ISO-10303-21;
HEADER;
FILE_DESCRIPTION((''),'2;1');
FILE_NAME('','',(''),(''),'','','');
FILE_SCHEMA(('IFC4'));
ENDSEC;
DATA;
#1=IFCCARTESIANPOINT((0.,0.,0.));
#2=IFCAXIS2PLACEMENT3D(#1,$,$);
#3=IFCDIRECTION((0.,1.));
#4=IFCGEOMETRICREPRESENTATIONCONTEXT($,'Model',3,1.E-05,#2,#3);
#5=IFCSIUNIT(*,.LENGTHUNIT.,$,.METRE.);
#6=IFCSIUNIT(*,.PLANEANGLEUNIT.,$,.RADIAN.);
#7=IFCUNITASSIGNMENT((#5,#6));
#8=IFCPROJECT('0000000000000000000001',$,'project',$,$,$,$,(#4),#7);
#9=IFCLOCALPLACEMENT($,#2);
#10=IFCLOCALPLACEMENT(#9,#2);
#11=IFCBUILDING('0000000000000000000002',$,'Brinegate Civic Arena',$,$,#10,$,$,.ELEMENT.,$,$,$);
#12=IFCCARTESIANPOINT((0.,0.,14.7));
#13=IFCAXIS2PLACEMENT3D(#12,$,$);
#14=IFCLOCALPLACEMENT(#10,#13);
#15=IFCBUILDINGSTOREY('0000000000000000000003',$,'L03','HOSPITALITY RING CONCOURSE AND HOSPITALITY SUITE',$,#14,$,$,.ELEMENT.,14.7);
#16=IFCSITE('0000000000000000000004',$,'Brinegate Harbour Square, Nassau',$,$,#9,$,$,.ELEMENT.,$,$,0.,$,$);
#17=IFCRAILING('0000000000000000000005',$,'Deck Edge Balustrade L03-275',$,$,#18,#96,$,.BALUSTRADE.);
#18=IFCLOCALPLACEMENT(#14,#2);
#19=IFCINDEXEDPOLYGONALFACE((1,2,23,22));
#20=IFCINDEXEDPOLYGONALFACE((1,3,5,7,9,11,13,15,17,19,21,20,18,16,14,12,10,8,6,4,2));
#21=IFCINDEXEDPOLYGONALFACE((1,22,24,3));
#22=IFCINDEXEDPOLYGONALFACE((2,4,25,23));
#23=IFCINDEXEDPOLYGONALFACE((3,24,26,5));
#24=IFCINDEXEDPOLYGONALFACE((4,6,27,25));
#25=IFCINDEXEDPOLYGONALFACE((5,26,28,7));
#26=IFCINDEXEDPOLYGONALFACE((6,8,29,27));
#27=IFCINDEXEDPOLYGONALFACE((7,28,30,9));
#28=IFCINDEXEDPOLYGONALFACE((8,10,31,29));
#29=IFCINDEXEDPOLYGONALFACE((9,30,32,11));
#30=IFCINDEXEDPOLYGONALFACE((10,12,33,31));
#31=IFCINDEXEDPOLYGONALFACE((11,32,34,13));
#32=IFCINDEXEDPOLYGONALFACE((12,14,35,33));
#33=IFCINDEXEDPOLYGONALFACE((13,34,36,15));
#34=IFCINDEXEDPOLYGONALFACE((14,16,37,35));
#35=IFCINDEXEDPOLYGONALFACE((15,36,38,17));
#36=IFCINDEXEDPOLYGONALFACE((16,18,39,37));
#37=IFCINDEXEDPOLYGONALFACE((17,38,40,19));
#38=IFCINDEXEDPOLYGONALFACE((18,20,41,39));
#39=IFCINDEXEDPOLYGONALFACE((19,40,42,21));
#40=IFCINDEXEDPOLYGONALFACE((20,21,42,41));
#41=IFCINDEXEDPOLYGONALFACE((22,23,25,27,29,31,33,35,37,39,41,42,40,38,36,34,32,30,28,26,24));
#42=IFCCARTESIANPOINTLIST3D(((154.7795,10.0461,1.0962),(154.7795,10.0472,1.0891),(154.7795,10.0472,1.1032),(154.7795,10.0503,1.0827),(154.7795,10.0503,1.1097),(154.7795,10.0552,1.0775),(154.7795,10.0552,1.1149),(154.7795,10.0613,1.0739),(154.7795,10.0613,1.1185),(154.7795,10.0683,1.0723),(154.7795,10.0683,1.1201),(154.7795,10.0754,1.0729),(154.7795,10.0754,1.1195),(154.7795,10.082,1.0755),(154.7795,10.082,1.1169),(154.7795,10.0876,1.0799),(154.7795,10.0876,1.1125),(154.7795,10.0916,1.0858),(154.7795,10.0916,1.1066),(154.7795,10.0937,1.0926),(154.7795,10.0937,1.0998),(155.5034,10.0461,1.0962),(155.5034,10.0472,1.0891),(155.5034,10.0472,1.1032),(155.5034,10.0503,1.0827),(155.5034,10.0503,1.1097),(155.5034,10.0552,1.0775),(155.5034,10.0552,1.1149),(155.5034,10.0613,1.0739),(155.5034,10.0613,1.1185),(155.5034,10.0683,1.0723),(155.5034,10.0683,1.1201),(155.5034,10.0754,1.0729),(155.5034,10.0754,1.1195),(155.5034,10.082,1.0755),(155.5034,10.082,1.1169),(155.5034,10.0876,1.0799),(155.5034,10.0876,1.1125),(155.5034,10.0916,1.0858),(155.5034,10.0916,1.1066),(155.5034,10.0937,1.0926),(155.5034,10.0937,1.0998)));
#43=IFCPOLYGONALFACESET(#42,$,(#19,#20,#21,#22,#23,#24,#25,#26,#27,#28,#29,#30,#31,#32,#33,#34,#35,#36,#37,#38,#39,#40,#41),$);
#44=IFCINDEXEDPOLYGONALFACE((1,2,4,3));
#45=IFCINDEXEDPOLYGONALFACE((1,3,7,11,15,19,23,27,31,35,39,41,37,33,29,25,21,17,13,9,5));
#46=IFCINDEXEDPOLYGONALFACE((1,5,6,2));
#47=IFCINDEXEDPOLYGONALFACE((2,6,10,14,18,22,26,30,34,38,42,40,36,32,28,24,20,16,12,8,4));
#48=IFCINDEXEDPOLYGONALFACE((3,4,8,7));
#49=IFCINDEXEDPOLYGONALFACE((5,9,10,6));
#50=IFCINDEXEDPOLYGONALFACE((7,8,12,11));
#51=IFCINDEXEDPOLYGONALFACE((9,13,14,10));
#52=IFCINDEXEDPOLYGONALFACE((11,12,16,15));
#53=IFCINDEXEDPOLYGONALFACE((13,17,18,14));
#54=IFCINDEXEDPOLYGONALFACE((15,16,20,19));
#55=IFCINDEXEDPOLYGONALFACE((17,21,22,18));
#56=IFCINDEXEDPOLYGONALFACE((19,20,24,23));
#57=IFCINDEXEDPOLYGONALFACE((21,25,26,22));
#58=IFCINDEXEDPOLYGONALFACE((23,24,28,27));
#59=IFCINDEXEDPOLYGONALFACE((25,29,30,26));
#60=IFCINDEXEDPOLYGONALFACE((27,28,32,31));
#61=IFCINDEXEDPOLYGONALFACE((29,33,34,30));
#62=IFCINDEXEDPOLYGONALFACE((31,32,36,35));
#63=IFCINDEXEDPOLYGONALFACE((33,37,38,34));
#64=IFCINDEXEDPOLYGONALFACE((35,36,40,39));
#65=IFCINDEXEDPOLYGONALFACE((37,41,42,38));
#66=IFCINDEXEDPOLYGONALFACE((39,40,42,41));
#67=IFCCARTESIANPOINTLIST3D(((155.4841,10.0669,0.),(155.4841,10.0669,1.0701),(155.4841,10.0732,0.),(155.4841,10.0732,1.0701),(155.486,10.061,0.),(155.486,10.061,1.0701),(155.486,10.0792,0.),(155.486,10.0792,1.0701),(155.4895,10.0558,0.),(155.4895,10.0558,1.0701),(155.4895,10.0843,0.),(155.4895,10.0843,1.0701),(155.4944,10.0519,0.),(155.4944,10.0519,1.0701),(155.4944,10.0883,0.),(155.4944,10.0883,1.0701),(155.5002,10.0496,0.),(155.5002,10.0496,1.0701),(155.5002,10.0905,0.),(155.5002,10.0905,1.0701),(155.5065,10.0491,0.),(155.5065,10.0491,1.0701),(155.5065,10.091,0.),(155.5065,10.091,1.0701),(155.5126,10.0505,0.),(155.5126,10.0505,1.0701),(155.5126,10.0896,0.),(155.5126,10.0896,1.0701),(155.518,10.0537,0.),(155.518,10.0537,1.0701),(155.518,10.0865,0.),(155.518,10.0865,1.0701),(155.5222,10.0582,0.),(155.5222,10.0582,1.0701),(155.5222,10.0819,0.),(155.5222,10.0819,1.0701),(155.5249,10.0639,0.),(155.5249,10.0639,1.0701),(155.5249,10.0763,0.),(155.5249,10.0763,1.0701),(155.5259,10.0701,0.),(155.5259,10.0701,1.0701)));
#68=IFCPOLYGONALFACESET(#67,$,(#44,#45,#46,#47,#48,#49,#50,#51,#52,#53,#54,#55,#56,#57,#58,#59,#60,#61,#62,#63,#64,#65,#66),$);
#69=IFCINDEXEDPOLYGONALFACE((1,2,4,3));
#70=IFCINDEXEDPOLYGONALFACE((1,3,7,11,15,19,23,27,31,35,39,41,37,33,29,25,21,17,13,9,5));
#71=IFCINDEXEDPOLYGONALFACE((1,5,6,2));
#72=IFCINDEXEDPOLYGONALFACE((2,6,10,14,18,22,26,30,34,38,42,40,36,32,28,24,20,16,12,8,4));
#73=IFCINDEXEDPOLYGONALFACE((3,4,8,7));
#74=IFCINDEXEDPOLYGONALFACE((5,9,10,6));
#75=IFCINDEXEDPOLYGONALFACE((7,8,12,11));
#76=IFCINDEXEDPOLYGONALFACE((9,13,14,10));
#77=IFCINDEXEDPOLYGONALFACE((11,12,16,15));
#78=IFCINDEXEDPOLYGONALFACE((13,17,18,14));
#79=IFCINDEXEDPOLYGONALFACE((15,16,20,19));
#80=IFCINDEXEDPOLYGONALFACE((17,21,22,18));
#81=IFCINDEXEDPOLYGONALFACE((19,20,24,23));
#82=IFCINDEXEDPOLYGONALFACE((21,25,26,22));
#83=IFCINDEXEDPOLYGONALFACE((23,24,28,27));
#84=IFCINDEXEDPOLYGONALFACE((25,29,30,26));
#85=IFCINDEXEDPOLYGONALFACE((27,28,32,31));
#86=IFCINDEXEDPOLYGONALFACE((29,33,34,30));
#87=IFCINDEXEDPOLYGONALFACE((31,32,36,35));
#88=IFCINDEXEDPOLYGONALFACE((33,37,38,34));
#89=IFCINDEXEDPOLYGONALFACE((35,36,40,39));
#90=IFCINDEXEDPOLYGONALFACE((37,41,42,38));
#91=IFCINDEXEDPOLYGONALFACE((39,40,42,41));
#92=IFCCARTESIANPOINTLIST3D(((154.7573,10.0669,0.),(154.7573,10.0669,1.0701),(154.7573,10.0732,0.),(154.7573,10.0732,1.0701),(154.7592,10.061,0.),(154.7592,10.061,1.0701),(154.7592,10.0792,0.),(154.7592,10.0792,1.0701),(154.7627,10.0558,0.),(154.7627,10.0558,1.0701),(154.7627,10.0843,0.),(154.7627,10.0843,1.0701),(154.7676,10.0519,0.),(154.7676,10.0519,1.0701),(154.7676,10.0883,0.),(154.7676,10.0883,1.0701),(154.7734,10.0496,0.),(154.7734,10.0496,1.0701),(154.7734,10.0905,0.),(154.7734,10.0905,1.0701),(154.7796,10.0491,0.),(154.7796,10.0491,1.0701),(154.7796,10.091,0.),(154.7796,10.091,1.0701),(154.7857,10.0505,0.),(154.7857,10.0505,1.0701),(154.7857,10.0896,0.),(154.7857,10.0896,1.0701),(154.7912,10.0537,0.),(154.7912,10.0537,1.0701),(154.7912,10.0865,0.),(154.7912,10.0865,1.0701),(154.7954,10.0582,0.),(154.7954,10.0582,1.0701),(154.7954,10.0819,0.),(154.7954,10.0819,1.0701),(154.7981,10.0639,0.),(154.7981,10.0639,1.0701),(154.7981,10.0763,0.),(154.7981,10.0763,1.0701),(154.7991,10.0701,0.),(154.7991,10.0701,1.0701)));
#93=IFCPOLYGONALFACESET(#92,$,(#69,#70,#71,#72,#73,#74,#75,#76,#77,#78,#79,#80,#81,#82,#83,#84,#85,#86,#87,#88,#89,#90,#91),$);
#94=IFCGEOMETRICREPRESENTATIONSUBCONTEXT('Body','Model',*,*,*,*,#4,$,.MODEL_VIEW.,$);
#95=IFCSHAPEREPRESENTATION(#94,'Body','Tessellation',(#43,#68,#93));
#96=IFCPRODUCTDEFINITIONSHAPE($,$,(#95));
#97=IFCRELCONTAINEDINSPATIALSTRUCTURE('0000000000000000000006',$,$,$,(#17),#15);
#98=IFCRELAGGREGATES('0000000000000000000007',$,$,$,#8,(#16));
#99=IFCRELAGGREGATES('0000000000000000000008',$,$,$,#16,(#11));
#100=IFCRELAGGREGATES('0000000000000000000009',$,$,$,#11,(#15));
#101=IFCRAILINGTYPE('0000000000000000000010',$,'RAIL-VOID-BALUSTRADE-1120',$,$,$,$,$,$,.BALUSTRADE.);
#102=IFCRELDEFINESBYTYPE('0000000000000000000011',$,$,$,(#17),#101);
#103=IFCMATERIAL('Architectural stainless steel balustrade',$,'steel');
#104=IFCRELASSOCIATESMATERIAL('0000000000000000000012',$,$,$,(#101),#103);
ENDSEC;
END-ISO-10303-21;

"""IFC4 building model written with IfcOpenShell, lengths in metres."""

from ifc_helpers import new_model, si_unit, direction, frame, origin, origin_2d, place, context, subcontext, project, spatial, circle, extrude, material, type_object, element, save


model = new_model("IFC4")

# Units and contexts
model_context = context("Model", 3, precision=1e-05, world=origin(), true_north=direction((0.0, 1.0)))
body_context = subcontext(model_context, "Body", "Model", "MODEL_VIEW")
ifc_project = project(units=[si_unit("LENGTHUNIT", "METRE"), si_unit("PLANEANGLEUNIT", "RADIAN")], contexts=[model_context])

# Site, building, storey
site_placement = place(None, origin())
site = spatial("IfcSite", under=ifc_project, at=site_placement, Name="Brinegate Harbour Square, Nassau", CompositionType="ELEMENT", RefElevation=0.0)
building_placement = place(site_placement, origin())
building = spatial("IfcBuilding", under=site, at=building_placement, Name="Brinegate Civic Arena", CompositionType="ELEMENT")
storey_placement = place(building_placement, frame((0.0, 0.0, 14.7)))
storey = spatial("IfcBuildingStorey", under=building, at=storey_placement, Name="L03", Description="HOSPITALITY RING CONCOURSE AND HOSPITALITY SUITE", CompositionType="ELEMENT", Elevation=14.7)

# Railing
ifc_material_1 = material(Name="Architectural stainless steel balustrade", Category="steel")
railing_type_1 = type_object("IfcRailingType", Name="RAIL-VOID-BALUSTRADE-1120", PredefinedType="BALUSTRADE", material=ifc_material_1)
railing_1_placement = place(storey_placement, frame((155.5049, 10.0701, 0.0)))
element("IfcRailing", 1, at=railing_1_placement, inside=storey, type_object=railing_type_1, Name="Deck Edge Balustrade L03-275", PredefinedType="BALUSTRADE", context=body_context, shape_type="SweptSolid", body=[
    extrude(circle(Radius=0.0239, at=origin_2d()), frame((-0.0015, 0.0, 1.0962), z_axis=(-1.0, 0.0, 0.0), x_axis=(0.0, -1.0, 0.0)), (0.0, 0.0, 1.0), 0.7239),
    extrude(circle(Radius=0.021, at=origin_2d()), origin(), (0.0, 0.0, 1.0), 1.0701),
    extrude(circle(Radius=0.021, at=origin_2d()), frame((-0.7268, 0.0, 0.0)), (0.0, 0.0, 1.0), 1.0701),
])

save(model, "model.ifc")
